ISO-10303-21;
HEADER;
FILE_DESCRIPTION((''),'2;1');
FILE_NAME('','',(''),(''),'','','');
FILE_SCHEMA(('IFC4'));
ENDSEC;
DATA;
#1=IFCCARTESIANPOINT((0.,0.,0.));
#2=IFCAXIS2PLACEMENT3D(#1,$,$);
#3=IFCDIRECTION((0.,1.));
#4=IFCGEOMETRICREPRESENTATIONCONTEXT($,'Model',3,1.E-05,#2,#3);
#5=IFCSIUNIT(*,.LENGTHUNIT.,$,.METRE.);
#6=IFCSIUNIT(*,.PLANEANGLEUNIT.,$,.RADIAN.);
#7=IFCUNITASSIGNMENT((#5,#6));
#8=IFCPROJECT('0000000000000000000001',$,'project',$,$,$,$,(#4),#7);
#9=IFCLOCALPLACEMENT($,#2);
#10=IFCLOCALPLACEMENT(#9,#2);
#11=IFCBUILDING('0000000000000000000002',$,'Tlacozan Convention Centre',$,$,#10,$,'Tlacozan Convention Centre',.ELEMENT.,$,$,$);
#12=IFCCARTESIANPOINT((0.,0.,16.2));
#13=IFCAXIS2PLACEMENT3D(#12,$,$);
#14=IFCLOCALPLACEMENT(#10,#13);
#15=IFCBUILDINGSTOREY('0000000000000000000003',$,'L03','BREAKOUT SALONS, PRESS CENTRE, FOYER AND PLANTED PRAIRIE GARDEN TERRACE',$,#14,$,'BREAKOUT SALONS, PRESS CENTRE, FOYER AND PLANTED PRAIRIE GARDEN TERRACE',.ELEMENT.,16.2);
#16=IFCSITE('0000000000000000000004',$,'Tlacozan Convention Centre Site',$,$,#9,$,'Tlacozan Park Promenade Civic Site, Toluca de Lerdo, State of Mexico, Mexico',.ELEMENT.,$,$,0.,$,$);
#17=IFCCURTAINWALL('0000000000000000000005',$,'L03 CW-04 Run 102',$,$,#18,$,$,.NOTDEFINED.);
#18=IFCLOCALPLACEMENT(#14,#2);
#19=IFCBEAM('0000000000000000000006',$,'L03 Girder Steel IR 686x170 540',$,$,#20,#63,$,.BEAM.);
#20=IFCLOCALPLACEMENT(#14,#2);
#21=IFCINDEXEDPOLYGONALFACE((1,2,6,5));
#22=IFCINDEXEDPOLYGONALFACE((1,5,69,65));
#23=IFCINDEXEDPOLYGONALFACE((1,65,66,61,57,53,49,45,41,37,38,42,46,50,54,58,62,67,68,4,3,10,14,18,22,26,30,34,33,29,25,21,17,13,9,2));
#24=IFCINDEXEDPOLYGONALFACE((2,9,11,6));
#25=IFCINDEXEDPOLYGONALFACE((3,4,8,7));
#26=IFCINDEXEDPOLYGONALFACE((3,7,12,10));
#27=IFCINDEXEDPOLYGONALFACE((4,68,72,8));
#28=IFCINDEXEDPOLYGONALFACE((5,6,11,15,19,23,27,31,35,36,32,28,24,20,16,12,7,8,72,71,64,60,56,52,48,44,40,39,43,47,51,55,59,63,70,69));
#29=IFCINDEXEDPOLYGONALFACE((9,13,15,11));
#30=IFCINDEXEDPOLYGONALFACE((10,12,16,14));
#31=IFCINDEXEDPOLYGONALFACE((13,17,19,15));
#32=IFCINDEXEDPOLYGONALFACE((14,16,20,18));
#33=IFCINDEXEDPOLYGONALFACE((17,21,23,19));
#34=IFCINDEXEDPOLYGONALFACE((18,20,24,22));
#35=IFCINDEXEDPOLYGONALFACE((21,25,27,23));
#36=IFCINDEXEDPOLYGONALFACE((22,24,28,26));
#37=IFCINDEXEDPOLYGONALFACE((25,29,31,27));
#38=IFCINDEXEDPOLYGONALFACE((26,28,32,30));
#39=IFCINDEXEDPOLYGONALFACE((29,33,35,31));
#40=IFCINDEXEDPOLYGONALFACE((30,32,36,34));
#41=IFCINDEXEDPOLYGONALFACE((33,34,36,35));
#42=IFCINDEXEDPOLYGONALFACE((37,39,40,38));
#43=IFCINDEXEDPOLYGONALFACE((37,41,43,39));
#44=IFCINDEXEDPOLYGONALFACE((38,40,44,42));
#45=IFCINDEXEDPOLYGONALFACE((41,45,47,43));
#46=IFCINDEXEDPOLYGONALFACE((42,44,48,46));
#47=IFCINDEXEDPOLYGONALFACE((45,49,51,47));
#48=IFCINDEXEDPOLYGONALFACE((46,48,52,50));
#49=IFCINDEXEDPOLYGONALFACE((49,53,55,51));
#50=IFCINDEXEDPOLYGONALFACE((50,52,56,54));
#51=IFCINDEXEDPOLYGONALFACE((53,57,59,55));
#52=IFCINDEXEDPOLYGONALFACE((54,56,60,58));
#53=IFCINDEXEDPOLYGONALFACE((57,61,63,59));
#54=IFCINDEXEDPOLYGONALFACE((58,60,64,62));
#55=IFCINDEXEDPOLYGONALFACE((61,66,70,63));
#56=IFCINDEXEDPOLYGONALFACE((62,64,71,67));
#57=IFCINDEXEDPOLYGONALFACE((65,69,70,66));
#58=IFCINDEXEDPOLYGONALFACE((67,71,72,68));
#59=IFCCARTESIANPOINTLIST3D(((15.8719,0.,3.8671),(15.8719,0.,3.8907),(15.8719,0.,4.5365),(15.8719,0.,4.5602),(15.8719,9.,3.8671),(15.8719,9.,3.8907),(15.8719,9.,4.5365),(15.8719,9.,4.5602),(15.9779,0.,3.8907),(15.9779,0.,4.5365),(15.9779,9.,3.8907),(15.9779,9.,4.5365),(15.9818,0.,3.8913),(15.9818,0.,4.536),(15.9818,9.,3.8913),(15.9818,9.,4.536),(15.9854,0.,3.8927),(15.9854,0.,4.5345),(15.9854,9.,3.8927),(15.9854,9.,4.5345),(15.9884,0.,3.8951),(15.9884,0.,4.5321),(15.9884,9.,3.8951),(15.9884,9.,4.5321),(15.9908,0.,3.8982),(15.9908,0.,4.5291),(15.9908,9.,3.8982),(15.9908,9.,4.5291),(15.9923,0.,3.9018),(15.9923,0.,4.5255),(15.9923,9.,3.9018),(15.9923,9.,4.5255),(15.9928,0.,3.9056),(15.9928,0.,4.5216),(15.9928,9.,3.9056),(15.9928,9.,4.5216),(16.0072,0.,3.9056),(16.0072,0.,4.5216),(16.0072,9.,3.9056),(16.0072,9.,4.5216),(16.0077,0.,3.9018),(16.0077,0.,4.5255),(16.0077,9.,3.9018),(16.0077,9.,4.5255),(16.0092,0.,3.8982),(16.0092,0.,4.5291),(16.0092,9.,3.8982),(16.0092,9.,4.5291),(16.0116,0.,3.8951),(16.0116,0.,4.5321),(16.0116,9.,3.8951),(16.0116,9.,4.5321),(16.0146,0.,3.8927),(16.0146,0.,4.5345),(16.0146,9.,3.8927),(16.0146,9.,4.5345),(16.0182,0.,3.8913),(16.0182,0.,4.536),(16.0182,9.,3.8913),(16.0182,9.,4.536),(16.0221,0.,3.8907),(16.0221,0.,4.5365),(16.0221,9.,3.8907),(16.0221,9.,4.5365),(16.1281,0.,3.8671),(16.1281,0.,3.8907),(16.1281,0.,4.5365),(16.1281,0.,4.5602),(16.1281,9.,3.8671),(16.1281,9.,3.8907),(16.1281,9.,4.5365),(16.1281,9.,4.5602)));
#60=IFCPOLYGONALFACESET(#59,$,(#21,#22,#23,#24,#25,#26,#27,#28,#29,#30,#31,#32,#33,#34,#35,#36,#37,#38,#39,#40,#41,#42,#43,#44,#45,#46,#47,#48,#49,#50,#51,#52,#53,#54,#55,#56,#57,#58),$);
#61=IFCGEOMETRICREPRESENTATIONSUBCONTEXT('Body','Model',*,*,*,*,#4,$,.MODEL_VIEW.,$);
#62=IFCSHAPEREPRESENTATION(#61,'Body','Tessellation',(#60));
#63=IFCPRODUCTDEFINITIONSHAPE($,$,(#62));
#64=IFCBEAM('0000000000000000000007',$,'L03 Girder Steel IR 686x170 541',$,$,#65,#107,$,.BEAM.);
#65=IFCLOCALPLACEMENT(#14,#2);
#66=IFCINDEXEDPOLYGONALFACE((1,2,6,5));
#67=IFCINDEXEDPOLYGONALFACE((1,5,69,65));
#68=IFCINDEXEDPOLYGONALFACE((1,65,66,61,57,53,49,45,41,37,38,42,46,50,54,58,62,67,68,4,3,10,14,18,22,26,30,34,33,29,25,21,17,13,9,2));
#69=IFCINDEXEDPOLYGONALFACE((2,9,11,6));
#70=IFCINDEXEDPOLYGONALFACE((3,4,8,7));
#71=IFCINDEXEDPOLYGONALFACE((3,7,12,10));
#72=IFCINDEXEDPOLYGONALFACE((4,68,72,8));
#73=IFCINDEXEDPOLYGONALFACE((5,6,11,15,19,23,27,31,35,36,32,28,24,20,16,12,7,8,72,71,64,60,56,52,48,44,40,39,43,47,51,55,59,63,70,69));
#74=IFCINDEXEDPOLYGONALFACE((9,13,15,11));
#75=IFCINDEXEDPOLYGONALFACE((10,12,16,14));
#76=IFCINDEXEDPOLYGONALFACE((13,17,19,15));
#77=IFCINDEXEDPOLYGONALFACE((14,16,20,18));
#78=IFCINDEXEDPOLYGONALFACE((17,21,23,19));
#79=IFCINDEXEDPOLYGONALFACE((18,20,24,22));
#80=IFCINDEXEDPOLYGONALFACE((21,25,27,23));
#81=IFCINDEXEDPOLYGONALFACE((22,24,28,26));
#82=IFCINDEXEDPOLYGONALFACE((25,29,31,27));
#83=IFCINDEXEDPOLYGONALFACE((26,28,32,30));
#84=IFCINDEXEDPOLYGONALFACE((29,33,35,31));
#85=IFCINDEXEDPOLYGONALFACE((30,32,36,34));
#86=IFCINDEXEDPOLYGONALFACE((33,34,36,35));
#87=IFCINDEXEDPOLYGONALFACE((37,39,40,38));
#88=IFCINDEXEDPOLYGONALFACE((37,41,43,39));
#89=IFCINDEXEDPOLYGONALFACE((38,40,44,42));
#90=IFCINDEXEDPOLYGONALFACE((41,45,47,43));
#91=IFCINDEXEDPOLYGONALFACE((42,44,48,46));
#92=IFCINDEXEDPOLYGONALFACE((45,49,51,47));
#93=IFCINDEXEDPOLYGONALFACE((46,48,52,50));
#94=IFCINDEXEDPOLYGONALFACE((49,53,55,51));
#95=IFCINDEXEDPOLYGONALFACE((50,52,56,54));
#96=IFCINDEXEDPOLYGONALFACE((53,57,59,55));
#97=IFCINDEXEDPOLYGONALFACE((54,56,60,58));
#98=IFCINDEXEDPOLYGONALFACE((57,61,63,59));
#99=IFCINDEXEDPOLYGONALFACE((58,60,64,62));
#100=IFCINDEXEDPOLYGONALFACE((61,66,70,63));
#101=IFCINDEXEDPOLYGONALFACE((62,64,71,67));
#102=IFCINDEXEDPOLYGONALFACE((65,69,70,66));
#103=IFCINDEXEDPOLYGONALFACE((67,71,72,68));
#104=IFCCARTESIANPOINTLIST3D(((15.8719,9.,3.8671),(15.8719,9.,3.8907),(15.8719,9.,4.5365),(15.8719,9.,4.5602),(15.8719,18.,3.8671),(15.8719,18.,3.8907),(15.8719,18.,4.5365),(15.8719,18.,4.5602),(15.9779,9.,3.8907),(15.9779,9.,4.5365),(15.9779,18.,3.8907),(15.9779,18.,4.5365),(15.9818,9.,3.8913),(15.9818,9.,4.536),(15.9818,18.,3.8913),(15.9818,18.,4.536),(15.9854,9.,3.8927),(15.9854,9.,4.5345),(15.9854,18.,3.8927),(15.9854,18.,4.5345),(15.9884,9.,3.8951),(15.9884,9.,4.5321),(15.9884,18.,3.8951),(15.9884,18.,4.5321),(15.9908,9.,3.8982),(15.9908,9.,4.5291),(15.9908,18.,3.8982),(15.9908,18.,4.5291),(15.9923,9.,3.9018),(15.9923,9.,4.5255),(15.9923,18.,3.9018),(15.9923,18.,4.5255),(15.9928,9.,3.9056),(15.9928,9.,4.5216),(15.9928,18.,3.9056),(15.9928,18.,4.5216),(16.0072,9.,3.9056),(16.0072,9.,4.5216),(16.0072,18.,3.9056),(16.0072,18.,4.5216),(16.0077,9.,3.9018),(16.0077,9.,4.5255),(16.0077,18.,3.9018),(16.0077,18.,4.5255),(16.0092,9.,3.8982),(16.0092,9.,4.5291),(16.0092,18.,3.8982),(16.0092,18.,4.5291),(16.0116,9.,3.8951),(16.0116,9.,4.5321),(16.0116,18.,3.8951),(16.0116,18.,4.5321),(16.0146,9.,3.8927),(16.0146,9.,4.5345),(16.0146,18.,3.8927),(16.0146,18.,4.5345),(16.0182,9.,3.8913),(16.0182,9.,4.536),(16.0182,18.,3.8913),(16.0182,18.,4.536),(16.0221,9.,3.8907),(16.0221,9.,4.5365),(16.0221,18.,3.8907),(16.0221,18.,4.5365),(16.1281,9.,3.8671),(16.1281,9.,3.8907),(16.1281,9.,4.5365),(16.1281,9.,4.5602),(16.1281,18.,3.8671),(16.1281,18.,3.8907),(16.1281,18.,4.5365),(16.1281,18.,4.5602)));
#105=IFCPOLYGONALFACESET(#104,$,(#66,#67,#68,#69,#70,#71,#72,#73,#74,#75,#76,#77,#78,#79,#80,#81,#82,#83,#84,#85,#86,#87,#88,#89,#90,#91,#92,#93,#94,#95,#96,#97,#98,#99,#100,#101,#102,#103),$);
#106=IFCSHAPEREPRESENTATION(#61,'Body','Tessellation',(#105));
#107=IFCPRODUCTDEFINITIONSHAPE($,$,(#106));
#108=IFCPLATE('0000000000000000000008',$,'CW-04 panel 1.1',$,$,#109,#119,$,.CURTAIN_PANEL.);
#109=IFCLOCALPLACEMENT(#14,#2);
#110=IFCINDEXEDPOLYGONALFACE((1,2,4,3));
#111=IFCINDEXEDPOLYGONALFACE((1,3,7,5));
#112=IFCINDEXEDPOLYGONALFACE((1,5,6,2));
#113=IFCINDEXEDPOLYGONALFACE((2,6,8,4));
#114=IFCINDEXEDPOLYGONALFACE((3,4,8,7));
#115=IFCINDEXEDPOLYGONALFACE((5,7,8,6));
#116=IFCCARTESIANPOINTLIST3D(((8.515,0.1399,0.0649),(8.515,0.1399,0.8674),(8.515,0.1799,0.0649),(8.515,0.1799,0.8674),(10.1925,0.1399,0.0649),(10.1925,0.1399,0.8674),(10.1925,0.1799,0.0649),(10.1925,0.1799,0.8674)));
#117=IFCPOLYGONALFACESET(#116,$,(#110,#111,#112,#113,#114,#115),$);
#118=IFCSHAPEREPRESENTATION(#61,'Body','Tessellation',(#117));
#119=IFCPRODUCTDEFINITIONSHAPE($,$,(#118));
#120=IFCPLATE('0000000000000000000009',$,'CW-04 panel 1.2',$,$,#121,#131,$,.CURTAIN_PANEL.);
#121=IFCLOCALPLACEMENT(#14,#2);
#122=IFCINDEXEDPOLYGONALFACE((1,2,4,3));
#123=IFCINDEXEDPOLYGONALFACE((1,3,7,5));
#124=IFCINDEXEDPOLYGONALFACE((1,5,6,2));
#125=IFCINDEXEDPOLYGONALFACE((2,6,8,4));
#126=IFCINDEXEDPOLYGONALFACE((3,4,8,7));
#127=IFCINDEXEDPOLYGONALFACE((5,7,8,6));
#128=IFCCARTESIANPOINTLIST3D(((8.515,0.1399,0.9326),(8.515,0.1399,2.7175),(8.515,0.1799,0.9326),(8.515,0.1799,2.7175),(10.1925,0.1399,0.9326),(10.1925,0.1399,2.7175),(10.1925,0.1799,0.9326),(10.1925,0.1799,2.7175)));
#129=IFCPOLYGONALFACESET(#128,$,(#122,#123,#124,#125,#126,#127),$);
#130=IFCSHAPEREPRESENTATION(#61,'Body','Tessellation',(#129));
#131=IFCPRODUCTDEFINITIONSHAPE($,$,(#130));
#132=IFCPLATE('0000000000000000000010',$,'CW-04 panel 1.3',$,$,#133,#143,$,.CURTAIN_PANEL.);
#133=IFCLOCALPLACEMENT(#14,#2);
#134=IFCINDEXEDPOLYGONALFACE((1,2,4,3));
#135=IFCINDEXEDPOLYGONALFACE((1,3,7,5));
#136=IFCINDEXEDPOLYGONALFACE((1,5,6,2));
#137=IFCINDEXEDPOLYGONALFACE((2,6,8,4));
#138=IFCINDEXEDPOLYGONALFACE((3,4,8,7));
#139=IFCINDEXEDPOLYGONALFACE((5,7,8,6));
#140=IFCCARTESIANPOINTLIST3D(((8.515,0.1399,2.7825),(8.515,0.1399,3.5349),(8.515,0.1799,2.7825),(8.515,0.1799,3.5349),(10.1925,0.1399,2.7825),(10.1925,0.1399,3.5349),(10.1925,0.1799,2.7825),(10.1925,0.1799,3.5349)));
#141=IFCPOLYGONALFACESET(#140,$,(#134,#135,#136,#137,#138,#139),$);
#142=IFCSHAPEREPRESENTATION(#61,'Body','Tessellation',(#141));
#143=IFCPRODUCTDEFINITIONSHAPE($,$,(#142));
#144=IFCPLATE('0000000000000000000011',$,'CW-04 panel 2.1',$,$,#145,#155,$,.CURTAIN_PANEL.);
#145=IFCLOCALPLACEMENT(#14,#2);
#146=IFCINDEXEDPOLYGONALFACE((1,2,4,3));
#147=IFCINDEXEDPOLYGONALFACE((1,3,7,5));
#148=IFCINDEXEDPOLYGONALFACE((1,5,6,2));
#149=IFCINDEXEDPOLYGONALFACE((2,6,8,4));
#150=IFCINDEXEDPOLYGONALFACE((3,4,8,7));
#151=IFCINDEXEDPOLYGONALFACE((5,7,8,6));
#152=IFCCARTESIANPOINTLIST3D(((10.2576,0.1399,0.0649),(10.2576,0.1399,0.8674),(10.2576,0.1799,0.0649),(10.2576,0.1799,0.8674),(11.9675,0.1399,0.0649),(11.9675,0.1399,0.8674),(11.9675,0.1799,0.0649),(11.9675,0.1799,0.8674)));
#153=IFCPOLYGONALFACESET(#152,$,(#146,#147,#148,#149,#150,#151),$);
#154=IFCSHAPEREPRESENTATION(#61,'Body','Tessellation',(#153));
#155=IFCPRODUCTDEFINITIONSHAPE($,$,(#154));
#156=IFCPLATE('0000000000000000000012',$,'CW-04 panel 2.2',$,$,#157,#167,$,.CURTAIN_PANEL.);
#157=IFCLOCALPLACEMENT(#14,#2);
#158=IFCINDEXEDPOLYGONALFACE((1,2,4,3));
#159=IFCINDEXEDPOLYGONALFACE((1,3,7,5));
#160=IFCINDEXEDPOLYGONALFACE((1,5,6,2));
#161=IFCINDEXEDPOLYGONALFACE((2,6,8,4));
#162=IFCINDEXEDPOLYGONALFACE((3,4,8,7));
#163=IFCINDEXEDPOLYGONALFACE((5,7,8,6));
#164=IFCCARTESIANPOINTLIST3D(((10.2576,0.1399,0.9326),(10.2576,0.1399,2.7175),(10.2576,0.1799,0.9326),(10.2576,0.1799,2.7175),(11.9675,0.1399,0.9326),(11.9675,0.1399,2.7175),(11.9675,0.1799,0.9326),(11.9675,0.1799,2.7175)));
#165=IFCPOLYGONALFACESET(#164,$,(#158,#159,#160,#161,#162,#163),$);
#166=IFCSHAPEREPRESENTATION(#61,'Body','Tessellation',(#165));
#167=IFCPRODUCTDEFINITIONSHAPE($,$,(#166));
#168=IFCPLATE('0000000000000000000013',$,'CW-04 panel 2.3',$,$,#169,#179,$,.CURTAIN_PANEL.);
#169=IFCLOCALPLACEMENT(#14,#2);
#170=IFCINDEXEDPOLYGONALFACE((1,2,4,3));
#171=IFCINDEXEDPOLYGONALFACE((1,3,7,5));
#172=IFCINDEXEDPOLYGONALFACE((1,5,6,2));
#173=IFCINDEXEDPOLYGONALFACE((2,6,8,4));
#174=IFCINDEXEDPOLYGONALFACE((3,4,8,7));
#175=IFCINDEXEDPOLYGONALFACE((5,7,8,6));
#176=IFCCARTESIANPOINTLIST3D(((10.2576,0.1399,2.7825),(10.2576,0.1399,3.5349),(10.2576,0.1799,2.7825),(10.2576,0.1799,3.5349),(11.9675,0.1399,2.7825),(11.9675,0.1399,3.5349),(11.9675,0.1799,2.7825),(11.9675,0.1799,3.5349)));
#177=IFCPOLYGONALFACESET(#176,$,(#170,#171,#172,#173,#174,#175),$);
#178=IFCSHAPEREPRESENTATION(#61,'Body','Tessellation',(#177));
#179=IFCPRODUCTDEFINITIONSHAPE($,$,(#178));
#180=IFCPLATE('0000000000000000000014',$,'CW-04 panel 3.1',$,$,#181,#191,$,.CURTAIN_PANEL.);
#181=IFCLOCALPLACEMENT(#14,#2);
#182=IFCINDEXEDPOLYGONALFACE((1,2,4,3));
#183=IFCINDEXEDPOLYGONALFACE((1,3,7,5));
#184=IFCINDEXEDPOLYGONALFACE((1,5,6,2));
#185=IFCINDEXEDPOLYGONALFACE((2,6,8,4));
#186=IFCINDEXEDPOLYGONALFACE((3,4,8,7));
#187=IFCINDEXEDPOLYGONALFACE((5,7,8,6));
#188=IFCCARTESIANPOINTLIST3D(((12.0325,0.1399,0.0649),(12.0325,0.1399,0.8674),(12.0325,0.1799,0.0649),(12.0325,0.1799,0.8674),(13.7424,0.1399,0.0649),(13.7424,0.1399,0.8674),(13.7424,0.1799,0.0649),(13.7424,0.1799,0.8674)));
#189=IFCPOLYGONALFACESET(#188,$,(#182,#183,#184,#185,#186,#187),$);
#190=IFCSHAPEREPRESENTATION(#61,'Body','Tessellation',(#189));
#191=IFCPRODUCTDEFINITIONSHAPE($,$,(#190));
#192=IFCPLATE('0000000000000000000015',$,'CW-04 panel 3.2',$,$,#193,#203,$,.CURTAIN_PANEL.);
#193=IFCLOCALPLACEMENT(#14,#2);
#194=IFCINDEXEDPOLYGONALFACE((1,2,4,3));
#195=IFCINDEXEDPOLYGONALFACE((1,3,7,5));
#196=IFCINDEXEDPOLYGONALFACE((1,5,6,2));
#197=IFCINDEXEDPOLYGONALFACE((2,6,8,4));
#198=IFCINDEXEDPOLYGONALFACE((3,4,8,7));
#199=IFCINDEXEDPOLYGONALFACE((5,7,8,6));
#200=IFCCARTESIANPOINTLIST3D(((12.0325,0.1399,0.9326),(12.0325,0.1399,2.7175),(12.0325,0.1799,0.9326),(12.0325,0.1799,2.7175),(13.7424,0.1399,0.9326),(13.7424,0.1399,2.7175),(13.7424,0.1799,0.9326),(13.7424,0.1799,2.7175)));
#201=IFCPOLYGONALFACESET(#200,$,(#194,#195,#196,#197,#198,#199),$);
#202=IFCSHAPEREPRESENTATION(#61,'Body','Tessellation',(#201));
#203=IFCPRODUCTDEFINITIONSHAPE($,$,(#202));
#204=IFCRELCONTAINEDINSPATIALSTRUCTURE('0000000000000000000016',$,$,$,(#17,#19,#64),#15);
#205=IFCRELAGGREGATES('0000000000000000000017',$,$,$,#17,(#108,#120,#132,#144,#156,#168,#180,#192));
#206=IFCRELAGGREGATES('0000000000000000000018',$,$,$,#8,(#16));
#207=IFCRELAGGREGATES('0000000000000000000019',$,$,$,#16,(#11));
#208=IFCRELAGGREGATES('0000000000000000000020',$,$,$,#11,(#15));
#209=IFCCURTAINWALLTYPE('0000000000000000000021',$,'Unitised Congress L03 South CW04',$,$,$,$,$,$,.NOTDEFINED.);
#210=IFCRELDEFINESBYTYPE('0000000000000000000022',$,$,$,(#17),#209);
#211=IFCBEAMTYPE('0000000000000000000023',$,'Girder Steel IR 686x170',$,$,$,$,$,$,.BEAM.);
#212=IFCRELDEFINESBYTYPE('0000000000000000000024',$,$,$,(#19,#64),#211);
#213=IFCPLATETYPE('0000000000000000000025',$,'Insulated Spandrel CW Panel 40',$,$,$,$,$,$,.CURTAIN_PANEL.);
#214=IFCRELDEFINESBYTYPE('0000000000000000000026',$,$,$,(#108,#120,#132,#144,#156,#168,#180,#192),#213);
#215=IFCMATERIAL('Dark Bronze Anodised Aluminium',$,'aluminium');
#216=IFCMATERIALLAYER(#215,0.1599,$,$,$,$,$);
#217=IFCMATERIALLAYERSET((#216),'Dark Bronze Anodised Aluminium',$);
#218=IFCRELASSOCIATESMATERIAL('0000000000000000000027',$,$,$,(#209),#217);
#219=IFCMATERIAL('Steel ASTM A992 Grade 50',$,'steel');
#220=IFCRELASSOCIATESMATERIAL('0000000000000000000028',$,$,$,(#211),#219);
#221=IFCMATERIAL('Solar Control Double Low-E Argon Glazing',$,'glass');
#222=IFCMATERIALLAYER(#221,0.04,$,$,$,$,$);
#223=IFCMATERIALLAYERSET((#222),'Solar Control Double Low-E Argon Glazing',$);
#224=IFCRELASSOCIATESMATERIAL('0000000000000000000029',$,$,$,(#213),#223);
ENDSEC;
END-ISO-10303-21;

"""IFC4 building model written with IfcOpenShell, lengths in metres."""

from ifc_helpers import new_model, si_unit, direction, frame, origin, origin_2d, place, context, subcontext, project, spatial, rectangle, i_section, extrude, material, layer, layer_set, material_profile, profile_set, type_object, element, aggregate, save


model = new_model("IFC4")

# Units and contexts
model_context = context("Model", 3, precision=1e-05, world=origin(), true_north=direction((0.0, 1.0)))
body_context = subcontext(model_context, "Body", "Model", "MODEL_VIEW")
ifc_project = project(units=[si_unit("LENGTHUNIT", "METRE"), si_unit("PLANEANGLEUNIT", "RADIAN")], contexts=[model_context])

# Site, building, storey
site_placement = place(None, origin())
site = spatial("IfcSite", under=ifc_project, at=site_placement, Name="Tlacozan Convention Centre Site", LongName="Tlacozan Park Promenade Civic Site, Toluca de Lerdo, State of Mexico, Mexico", CompositionType="ELEMENT", RefElevation=0.0)
building_placement = place(site_placement, origin())
building = spatial("IfcBuilding", under=site, at=building_placement, Name="Tlacozan Convention Centre", LongName="Tlacozan Convention Centre", CompositionType="ELEMENT")
storey_placement = place(building_placement, frame((0.0, 0.0, 16.2)))
storey = spatial("IfcBuildingStorey", under=building, at=storey_placement, Name="L03", Description="BREAKOUT SALONS, PRESS CENTRE, FOYER AND PLANTED PRAIRIE GARDEN TERRACE", LongName="BREAKOUT SALONS, PRESS CENTRE, FOYER AND PLANTED PRAIRIE GARDEN TERRACE", CompositionType="ELEMENT", Elevation=16.2)

# Curtain wall
ifc_material_1 = material(Name="Dark Bronze Anodised Aluminium", Category="aluminium")
ifc_layer_1 = layer(ifc_material_1, 0.1599)
ifc_layer_set_1 = layer_set([ifc_layer_1], Name="Dark Bronze Anodised Aluminium")
curtain_wall_type = type_object("IfcCurtainWallType", Name="Unitised Congress L03 South CW04", PredefinedType="NOTDEFINED", material=ifc_layer_set_1)
curtain_wall_placement = place(storey_placement, origin())
curtain_wall = element("IfcCurtainWall", 1, at=curtain_wall_placement, inside=storey, type_object=curtain_wall_type, Name="L03 CW-04 Run 102", PredefinedType="NOTDEFINED")

# Beams
ifc_material_2 = material(Name="Steel ASTM A992 Grade 50", Category="steel")
ifc_material_profile_1 = material_profile(ifc_material_2, i_section(OverallWidth=0.2561, OverallDepth=0.6931, WebThickness=0.0144, FlangeThickness=0.0237, FilletRadius=0.0149, at=origin_2d()), Name="IR 686x170.0")
ifc_profile_set_1 = profile_set([ifc_material_profile_1], Name="Steel ASTM A992 Grade 50")
beam_type = type_object("IfcBeamType", Name="Girder Steel IR 686x170", PredefinedType="BEAM", material=ifc_profile_set_1)
for number, where, z_axis, x_axis, name in (
    (2, (16.0, 0.0, 4.2136), (0.0, 1.0, 0.0), (-1.0, 0.0, 0.0), "L03 Girder Steel IR 686x170 540"),
    (3, (16.0, 9.0, 4.2136), (0.0, 1.0, 0.0), (-1.0, 0.0, 0.0), "L03 Girder Steel IR 686x170 541"),
):
    element("IfcBeam", number, at=place(storey_placement, frame(where, z_axis=z_axis, x_axis=x_axis)), inside=storey, type_object=beam_type, Name=name, PredefinedType="BEAM", context=body_context, shape_type="SweptSolid", body=[
        extrude(i_section(OverallWidth=0.2561, OverallDepth=0.6931, WebThickness=0.0144, FlangeThickness=0.0237, FilletRadius=0.0149, at=origin_2d()), origin(), (0.0, 0.0, 1.0), 9.0),
    ])

# Plates
ifc_material_3 = material(Name="Solar Control Double Low-E Argon Glazing", Category="glass")
ifc_layer_2 = layer(ifc_material_3, 0.04)
ifc_layer_set_2 = layer_set([ifc_layer_2], Name="Solar Control Double Low-E Argon Glazing")
plate_type = type_object("IfcPlateType", Name="Insulated Spandrel CW Panel 40", PredefinedType="CURTAIN_PANEL", material=ifc_layer_set_2)
plate_1_placement = place(storey_placement, frame((9.3538, 0.1599, 0.0649), z_axis=(0.0, 0.0, 1.0), x_axis=(1.0, 0.0, 0.0)))
plate_1 = element("IfcPlate", 4, at=plate_1_placement, type_object=plate_type, Name="CW-04 panel 1.1", PredefinedType="CURTAIN_PANEL", context=body_context, shape_type="SweptSolid", body=[
    extrude(rectangle(XDim=1.6775, YDim=0.04, at=origin_2d()), origin(), (0.0, 0.0, 1.0), 0.8025),
])
plate_2_placement = place(storey_placement, frame((9.3538, 0.1599, 0.9326), z_axis=(0.0, 0.0, 1.0), x_axis=(1.0, 0.0, 0.0)))
plate_2 = element("IfcPlate", 5, at=plate_2_placement, type_object=plate_type, Name="CW-04 panel 1.2", PredefinedType="CURTAIN_PANEL", context=body_context, shape_type="SweptSolid", body=[
    extrude(rectangle(XDim=1.6775, YDim=0.04, at=origin_2d()), origin(), (0.0, 0.0, 1.0), 1.7849),
])
plate_3_placement = place(storey_placement, frame((9.3538, 0.1599, 2.7825), z_axis=(0.0, 0.0, 1.0), x_axis=(1.0, 0.0, 0.0)))
plate_3 = element("IfcPlate", 6, at=plate_3_placement, type_object=plate_type, Name="CW-04 panel 1.3", PredefinedType="CURTAIN_PANEL", context=body_context, shape_type="SweptSolid", body=[
    extrude(rectangle(XDim=1.6775, YDim=0.04, at=origin_2d()), origin(), (0.0, 0.0, 1.0), 0.7524),
])
plate_4_placement = place(storey_placement, frame((11.1125, 0.1599, 0.0649), z_axis=(0.0, 0.0, 1.0), x_axis=(1.0, 0.0, 0.0)))
plate_4 = element("IfcPlate", 7, at=plate_4_placement, type_object=plate_type, Name="CW-04 panel 2.1", PredefinedType="CURTAIN_PANEL", context=body_context, shape_type="SweptSolid", body=[
    extrude(rectangle(XDim=1.71, YDim=0.04, at=origin_2d()), origin(), (0.0, 0.0, 1.0), 0.8025),
])
plate_5_placement = place(storey_placement, frame((11.1125, 0.1599, 0.9326), z_axis=(0.0, 0.0, 1.0), x_axis=(1.0, 0.0, 0.0)))
plate_5 = element("IfcPlate", 8, at=plate_5_placement, type_object=plate_type, Name="CW-04 panel 2.2", PredefinedType="CURTAIN_PANEL", context=body_context, shape_type="SweptSolid", body=[
    extrude(rectangle(XDim=1.71, YDim=0.04, at=origin_2d()), origin(), (0.0, 0.0, 1.0), 1.7849),
])
plate_6_placement = place(storey_placement, frame((11.1125, 0.1599, 2.7825), z_axis=(0.0, 0.0, 1.0), x_axis=(1.0, 0.0, 0.0)))
plate_6 = element("IfcPlate", 9, at=plate_6_placement, type_object=plate_type, Name="CW-04 panel 2.3", PredefinedType="CURTAIN_PANEL", context=body_context, shape_type="SweptSolid", body=[
    extrude(rectangle(XDim=1.71, YDim=0.04, at=origin_2d()), origin(), (0.0, 0.0, 1.0), 0.7524),
])
plate_7_placement = place(storey_placement, frame((12.8875, 0.1599, 0.0649), z_axis=(0.0, 0.0, 1.0), x_axis=(1.0, 0.0, 0.0)))
plate_7 = element("IfcPlate", 10, at=plate_7_placement, type_object=plate_type, Name="CW-04 panel 3.1", PredefinedType="CURTAIN_PANEL", context=body_context, shape_type="SweptSolid", body=[
    extrude(rectangle(XDim=1.71, YDim=0.04, at=origin_2d()), origin(), (0.0, 0.0, 1.0), 0.8025),
])
plate_8_placement = place(storey_placement, frame((12.8875, 0.1599, 0.9326), z_axis=(0.0, 0.0, 1.0), x_axis=(1.0, 0.0, 0.0)))
plate_8 = element("IfcPlate", 11, at=plate_8_placement, type_object=plate_type, Name="CW-04 panel 3.2", PredefinedType="CURTAIN_PANEL", context=body_context, shape_type="SweptSolid", body=[
    extrude(rectangle(XDim=1.71, YDim=0.04, at=origin_2d()), origin(), (0.0, 0.0, 1.0), 1.7849),
])
aggregate(curtain_wall, [plate_1, plate_2, plate_3, plate_4, plate_5, plate_6, plate_7, plate_8])

save(model, "model.ifc")
